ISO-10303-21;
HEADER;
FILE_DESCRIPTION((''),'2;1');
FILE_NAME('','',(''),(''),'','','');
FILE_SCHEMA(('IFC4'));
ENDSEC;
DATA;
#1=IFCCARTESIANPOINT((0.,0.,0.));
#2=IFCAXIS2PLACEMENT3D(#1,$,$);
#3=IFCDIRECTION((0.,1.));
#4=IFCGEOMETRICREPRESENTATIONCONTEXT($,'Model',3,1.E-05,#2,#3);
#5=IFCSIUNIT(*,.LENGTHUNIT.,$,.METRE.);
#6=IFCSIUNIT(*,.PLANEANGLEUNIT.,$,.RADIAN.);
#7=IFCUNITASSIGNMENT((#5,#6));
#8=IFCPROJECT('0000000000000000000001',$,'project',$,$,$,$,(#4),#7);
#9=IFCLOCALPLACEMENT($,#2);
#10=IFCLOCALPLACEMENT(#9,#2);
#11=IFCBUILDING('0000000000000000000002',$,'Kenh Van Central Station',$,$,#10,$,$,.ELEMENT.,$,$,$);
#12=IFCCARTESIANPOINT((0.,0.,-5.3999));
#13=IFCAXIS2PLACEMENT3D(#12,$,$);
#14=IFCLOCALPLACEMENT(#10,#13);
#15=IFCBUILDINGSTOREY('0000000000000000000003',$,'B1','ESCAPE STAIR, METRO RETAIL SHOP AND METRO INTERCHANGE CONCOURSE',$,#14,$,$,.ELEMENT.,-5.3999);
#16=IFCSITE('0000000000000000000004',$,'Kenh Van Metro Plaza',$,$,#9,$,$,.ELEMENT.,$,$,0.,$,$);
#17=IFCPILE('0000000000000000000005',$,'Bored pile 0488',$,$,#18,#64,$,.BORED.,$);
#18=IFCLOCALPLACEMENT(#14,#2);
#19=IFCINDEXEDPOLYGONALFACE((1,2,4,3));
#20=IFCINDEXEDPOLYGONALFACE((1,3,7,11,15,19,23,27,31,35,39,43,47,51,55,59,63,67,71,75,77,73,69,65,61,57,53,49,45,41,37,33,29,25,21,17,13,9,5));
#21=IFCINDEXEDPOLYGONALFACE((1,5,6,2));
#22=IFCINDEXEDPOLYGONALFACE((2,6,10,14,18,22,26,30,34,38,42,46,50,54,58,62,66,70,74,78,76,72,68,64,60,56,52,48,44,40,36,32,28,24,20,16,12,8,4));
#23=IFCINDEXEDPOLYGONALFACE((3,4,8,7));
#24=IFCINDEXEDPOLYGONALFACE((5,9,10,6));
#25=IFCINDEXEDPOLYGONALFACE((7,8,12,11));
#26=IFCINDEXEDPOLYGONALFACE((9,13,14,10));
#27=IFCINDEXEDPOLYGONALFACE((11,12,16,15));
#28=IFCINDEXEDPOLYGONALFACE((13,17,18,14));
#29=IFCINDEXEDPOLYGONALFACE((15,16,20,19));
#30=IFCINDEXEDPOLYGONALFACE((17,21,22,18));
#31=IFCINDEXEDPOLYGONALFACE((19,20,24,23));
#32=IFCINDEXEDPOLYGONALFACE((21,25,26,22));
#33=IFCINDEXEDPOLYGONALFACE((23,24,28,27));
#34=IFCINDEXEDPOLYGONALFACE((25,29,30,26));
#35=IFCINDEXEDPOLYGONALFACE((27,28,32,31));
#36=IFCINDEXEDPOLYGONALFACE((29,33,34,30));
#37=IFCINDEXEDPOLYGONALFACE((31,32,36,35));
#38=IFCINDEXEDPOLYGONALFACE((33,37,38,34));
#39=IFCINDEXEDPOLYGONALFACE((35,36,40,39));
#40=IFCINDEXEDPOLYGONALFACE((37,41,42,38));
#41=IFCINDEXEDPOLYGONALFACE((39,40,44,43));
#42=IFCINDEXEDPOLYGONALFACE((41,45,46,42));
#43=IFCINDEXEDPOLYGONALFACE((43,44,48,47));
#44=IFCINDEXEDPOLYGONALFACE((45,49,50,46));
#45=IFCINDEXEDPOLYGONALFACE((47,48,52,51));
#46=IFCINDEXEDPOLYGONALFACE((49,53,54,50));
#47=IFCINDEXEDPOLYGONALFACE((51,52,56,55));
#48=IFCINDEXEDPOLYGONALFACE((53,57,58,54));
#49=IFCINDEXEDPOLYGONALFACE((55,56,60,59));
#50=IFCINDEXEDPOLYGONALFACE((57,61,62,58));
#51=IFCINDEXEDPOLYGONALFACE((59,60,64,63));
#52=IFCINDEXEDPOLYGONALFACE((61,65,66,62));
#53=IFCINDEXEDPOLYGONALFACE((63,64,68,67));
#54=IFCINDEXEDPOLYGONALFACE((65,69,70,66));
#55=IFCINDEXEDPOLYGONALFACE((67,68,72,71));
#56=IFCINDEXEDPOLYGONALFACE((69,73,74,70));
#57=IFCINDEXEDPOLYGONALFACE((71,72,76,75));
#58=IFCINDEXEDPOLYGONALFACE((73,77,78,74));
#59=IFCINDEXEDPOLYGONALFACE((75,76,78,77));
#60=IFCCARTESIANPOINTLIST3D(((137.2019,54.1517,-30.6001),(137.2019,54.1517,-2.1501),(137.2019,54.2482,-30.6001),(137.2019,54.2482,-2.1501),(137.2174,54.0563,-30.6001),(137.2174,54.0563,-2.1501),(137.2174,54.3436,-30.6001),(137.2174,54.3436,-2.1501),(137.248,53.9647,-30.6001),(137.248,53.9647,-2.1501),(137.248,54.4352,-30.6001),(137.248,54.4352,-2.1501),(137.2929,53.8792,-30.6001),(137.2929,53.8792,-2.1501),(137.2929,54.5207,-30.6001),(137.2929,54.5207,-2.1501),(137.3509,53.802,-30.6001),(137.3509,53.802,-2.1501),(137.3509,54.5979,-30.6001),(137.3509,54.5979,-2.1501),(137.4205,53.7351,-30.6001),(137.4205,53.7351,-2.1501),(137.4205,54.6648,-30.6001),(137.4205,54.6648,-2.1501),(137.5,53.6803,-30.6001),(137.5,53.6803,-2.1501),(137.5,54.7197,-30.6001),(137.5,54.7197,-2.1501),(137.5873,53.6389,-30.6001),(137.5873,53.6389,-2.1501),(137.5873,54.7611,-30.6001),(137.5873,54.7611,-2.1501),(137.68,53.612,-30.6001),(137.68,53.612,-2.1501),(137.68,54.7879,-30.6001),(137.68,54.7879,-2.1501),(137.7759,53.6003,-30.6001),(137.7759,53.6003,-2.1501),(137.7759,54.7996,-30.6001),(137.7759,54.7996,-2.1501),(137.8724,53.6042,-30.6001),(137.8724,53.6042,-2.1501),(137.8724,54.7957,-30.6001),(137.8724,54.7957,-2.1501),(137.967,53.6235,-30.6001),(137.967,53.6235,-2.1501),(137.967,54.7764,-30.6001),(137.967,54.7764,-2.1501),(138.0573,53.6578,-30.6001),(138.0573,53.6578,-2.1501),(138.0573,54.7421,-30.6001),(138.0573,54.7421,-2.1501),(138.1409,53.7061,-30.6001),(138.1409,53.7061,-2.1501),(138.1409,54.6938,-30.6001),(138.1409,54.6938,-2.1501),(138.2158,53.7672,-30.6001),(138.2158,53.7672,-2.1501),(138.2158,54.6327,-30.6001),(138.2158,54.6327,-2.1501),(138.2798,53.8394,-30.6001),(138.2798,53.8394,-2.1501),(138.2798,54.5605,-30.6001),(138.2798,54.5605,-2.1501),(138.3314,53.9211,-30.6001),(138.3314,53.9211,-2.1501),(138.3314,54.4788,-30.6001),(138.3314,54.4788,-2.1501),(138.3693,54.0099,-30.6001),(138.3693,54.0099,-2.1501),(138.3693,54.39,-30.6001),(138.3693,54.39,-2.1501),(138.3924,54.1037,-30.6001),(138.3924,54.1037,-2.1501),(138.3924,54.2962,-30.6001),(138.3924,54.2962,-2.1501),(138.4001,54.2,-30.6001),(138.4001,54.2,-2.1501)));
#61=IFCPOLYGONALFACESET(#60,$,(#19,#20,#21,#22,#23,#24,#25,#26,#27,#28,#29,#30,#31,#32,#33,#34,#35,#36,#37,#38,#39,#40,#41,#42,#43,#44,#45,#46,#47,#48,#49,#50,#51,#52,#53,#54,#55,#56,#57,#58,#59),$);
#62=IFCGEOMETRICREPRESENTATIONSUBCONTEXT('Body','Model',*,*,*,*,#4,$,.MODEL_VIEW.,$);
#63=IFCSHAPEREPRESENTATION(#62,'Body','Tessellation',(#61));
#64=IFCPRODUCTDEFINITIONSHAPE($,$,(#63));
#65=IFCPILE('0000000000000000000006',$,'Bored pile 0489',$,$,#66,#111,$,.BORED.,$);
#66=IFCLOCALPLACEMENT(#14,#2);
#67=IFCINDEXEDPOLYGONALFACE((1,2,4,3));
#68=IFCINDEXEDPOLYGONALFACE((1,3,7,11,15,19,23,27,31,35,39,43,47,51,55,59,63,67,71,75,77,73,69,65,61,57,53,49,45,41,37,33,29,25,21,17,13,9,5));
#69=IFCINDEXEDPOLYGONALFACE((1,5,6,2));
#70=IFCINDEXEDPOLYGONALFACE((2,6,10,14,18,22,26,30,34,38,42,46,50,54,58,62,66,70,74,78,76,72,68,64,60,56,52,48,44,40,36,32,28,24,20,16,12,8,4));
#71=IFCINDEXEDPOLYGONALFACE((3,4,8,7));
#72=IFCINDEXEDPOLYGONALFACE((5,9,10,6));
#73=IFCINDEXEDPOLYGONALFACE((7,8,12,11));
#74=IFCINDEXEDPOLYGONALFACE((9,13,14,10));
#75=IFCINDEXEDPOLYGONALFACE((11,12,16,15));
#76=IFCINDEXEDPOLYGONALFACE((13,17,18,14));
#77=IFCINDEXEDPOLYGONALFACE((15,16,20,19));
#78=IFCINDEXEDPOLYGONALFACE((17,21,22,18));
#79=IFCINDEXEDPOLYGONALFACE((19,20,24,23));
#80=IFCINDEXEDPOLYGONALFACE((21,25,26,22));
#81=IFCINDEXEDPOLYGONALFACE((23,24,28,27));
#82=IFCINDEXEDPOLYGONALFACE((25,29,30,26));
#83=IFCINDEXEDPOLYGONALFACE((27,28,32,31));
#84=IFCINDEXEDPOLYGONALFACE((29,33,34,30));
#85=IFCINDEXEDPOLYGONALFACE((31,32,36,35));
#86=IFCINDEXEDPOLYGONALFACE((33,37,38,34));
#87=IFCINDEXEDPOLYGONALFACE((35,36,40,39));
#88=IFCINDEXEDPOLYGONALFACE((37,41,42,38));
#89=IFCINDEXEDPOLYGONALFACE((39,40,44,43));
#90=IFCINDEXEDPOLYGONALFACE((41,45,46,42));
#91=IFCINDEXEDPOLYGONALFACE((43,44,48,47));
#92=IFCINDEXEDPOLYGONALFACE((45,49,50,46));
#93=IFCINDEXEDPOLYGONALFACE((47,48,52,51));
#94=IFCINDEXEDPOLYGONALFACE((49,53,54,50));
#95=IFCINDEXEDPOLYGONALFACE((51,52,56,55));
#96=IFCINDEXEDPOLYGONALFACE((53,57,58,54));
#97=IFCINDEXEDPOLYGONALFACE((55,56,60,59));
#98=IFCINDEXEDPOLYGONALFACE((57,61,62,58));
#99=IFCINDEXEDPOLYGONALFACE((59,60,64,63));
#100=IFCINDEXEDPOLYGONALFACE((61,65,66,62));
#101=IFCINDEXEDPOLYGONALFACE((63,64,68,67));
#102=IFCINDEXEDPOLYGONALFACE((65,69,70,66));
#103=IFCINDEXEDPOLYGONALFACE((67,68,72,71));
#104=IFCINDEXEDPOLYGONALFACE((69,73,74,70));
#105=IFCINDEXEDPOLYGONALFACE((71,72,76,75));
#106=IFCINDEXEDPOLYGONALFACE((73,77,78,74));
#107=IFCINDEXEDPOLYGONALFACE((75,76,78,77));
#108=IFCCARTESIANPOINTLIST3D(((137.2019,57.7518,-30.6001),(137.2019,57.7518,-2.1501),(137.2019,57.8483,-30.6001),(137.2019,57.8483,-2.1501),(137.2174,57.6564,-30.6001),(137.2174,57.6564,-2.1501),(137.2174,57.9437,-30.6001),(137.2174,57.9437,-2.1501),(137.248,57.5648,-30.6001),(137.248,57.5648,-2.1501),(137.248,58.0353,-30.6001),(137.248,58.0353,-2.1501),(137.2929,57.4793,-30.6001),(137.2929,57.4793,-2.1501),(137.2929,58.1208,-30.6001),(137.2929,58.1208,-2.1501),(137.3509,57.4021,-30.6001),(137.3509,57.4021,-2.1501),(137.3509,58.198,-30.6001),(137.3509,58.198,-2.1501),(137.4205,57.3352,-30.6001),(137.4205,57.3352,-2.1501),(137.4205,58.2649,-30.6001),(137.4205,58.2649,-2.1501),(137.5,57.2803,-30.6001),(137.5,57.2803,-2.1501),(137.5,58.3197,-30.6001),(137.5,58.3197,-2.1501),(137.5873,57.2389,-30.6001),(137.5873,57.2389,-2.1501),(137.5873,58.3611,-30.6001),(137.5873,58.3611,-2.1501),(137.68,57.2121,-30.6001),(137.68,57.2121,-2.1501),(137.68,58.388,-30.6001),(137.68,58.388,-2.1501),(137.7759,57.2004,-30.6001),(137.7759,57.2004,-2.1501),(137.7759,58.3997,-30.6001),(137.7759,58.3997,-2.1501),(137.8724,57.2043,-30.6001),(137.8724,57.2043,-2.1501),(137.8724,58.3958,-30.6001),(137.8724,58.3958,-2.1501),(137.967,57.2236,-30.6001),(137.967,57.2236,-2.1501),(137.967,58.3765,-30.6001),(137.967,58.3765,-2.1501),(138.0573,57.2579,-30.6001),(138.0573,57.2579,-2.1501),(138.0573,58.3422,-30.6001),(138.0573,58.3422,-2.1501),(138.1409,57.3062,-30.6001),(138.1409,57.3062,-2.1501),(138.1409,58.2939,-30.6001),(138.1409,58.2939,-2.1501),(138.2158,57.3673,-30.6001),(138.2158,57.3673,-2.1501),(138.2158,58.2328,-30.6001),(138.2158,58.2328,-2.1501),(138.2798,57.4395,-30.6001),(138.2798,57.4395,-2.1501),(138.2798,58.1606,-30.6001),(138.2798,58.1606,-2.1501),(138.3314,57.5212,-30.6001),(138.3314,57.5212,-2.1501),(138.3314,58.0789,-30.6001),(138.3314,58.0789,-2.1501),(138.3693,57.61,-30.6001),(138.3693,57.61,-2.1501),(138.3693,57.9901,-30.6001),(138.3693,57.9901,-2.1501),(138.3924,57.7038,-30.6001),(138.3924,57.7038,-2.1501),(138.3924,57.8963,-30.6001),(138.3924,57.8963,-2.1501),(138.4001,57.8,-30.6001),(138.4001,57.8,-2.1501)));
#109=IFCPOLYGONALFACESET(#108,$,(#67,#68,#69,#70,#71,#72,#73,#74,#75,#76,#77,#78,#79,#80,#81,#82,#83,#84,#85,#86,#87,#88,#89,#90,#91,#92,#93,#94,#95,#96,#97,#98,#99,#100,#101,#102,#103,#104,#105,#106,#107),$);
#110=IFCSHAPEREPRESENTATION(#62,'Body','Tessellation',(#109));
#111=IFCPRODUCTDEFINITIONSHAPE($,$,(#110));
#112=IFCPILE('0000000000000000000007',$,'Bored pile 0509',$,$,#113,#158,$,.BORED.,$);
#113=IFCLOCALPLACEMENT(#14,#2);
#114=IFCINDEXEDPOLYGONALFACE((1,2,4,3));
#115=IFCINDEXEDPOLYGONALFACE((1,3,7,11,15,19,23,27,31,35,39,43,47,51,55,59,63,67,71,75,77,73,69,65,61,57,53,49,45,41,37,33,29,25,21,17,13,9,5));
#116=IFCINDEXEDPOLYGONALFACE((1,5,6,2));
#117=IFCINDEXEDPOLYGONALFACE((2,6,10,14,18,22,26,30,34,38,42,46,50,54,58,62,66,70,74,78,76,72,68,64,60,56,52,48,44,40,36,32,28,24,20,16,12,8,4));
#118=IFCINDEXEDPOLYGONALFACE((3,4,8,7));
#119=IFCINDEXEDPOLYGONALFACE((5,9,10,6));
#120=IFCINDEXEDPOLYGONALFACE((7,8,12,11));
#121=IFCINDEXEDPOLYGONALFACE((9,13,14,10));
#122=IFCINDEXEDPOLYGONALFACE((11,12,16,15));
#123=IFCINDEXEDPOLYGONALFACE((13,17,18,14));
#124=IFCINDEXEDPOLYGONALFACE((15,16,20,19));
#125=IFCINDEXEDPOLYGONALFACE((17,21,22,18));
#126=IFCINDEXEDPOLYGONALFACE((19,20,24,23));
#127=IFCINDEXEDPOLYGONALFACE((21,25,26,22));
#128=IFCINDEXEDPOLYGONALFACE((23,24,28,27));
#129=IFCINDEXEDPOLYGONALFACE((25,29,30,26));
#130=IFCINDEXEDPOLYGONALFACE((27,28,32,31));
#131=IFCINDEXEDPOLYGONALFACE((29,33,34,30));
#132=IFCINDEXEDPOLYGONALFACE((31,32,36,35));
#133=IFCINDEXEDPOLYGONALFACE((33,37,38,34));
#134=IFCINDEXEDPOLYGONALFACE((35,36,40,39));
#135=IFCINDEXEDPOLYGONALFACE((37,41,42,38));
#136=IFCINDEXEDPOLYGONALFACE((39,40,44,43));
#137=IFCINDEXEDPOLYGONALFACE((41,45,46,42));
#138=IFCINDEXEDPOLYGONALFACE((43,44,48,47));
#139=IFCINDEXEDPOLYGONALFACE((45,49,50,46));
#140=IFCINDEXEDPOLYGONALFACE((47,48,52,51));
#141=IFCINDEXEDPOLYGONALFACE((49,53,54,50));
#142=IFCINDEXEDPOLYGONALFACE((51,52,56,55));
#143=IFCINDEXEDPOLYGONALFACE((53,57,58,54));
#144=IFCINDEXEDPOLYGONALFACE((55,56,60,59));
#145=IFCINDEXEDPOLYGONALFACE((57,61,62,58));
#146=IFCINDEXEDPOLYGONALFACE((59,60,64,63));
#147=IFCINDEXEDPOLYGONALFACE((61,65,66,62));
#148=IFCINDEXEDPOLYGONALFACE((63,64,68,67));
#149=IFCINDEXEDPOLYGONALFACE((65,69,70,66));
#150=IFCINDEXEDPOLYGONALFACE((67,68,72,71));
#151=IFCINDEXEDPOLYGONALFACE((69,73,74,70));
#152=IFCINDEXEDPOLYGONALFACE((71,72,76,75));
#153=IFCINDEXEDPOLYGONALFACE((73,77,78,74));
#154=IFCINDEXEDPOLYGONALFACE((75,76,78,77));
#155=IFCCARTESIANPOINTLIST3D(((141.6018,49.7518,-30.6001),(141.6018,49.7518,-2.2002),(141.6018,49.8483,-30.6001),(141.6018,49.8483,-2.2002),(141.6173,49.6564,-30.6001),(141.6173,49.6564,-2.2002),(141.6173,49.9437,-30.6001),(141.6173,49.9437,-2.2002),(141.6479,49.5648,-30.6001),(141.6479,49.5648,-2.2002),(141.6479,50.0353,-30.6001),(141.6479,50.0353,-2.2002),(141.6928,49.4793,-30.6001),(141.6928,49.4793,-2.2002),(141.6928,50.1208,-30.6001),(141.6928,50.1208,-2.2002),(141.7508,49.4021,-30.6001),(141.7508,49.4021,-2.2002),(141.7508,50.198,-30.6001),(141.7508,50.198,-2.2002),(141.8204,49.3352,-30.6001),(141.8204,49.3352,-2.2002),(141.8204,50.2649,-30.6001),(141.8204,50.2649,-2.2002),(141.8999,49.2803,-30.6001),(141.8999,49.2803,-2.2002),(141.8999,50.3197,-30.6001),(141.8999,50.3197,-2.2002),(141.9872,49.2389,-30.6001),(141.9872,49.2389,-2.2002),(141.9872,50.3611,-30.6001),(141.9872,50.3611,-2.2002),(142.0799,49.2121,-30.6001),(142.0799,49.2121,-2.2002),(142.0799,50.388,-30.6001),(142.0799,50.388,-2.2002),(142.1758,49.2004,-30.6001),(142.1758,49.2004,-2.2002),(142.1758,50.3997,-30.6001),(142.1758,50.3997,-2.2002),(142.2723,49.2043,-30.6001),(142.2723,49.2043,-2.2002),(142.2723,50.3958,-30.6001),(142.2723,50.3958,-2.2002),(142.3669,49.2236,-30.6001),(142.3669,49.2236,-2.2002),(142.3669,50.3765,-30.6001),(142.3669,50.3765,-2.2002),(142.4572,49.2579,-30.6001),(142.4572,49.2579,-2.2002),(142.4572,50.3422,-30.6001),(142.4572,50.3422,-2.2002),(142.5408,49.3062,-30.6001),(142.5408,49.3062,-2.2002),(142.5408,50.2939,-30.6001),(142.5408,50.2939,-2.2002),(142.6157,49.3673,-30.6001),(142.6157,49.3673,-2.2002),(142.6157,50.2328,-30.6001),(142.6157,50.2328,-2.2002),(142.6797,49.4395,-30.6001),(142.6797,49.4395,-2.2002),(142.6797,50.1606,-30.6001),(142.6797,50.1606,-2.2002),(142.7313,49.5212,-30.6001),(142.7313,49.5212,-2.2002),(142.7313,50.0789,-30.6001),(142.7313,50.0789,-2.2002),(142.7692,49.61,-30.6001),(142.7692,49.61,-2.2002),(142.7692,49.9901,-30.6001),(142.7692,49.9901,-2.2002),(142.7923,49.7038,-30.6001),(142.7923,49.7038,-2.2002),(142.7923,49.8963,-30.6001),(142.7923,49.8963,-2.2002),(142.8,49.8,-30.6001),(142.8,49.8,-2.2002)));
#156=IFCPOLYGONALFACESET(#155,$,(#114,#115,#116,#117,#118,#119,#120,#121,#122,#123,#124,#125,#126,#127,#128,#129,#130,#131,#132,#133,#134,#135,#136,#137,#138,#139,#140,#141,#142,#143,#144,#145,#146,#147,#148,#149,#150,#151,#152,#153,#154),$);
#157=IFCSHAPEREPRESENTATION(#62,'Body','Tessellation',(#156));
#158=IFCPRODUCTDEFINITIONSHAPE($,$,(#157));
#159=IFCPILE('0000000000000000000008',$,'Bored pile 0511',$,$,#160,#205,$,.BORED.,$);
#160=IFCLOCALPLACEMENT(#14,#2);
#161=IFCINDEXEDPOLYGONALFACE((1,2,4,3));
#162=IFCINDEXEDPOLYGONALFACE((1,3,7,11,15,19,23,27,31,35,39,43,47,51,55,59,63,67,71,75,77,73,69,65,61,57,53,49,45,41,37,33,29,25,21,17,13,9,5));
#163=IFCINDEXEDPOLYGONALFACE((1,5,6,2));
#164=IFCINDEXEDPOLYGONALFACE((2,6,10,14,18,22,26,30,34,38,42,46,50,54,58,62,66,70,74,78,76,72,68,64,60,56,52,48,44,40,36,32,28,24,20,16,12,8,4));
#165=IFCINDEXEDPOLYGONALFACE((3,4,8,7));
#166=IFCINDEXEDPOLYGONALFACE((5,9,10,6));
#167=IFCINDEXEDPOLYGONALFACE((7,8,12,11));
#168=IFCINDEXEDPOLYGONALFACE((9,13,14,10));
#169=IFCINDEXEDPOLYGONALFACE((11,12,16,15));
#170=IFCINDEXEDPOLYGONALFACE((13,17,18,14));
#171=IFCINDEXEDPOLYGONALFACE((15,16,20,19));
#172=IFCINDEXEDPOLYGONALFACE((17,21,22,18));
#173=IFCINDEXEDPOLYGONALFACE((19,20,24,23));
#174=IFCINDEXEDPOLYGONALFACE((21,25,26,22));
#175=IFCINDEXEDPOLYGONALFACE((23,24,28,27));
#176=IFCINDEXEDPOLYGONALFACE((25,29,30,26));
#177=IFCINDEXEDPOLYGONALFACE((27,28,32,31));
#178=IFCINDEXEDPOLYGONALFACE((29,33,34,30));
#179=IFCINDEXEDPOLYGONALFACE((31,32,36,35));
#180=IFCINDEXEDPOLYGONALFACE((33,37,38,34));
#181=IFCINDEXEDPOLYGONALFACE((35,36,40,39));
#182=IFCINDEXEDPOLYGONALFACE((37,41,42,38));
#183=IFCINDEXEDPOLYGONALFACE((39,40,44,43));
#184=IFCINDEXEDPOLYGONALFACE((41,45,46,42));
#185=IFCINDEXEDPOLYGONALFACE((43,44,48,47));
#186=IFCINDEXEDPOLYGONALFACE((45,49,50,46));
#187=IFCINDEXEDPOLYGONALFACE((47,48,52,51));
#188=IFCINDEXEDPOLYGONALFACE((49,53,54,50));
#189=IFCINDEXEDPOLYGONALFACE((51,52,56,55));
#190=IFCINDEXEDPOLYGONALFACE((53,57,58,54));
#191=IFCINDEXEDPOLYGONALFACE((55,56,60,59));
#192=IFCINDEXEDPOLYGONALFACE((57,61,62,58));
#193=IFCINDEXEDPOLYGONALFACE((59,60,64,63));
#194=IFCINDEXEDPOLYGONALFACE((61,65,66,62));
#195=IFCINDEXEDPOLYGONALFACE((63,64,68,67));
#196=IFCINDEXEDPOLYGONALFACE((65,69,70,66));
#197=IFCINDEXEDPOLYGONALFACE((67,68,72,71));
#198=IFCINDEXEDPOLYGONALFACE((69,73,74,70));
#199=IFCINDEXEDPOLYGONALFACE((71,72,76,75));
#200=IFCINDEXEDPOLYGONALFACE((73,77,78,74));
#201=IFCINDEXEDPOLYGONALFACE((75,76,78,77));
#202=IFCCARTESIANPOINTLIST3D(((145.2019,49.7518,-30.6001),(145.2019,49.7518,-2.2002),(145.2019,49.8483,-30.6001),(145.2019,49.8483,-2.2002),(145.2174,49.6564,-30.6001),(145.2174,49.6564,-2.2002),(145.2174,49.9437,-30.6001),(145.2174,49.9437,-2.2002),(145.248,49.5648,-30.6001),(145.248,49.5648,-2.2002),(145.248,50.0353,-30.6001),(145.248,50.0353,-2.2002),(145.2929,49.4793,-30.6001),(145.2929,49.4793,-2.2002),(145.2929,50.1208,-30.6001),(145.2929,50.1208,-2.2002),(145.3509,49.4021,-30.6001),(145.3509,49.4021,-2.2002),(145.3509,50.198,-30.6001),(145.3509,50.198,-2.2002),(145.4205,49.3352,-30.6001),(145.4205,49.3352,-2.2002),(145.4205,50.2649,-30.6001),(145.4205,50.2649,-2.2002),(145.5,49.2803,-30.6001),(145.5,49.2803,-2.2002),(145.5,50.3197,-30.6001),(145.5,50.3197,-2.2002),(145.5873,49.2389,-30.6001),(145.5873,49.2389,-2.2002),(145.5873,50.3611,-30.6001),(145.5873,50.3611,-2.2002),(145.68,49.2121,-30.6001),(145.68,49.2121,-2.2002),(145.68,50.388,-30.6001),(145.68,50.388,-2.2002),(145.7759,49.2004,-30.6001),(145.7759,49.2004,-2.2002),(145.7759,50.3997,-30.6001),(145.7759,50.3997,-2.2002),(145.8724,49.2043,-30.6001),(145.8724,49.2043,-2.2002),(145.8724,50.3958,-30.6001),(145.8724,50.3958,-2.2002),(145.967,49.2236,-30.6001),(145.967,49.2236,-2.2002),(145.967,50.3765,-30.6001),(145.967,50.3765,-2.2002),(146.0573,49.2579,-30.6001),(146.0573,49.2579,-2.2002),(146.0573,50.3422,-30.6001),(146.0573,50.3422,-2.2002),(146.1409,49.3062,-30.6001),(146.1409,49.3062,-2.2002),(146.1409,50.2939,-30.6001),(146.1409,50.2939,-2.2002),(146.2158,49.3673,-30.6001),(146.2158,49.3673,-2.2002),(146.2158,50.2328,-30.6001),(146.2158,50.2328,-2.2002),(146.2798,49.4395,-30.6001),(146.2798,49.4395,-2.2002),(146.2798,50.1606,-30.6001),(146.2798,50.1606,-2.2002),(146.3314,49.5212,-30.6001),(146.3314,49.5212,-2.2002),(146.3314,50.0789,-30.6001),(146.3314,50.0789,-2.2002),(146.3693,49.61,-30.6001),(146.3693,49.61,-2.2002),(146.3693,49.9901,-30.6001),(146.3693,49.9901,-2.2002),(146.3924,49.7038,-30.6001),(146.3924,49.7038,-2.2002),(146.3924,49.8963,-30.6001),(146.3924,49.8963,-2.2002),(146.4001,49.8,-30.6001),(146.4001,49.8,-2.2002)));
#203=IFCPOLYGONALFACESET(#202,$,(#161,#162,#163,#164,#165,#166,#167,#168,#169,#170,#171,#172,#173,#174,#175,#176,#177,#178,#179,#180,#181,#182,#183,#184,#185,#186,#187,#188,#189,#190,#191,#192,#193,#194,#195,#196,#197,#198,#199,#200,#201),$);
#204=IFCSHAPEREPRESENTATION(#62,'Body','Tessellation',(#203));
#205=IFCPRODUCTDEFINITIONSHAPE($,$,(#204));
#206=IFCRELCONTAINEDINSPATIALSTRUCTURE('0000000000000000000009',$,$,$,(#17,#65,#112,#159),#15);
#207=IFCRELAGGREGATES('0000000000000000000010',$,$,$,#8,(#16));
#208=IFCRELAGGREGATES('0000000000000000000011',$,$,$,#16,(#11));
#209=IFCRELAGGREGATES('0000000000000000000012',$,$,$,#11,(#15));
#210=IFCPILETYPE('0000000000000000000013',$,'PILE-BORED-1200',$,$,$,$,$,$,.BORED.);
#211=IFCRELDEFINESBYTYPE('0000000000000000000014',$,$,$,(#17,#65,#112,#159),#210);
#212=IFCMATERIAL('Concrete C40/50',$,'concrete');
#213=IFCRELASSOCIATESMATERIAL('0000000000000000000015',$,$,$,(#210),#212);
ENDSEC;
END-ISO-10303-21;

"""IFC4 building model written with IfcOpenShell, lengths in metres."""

from ifc_helpers import new_model, si_unit, direction, frame, origin, origin_2d, place, context, subcontext, project, spatial, circle, extrude, material, material_profile, profile_set, type_object, element, save


model = new_model("IFC4")

# Units and contexts
model_context = context("Model", 3, precision=1e-05, world=origin(), true_north=direction((0.0, 1.0)))
body_context = subcontext(model_context, "Body", "Model", "MODEL_VIEW")
ifc_project = project(units=[si_unit("LENGTHUNIT", "METRE"), si_unit("PLANEANGLEUNIT", "RADIAN")], contexts=[model_context])

# Site, building, storey
site_placement = place(None, origin())
site = spatial("IfcSite", under=ifc_project, at=site_placement, Name="Kenh Van Metro Plaza", CompositionType="ELEMENT", RefElevation=0.0)
building_placement = place(site_placement, origin())
building = spatial("IfcBuilding", under=site, at=building_placement, Name="Kenh Van Central Station", CompositionType="ELEMENT")
storey_placement = place(building_placement, frame((0.0, 0.0, -5.3999)))
storey = spatial("IfcBuildingStorey", under=building, at=storey_placement, Name="B1", Description="ESCAPE STAIR, METRO RETAIL SHOP AND METRO INTERCHANGE CONCOURSE", CompositionType="ELEMENT", Elevation=-5.3999)

# Shared definitions
ifc_material_1 = material(Name="Concrete C40/50", Category="concrete")

# Piles
ifc_material_profile_1 = material_profile(ifc_material_1, circle(Radius=0.6001, at=origin_2d()), Name="PILE D1200")
ifc_profile_set_1 = profile_set([ifc_material_profile_1], Name="Concrete C40/50")
pile_type_1 = type_object("IfcPileType", Name="PILE-BORED-1200", PredefinedType="BORED", material=ifc_profile_set_1)
for number, where, z_axis, x_axis, name in (
    (1, (137.8, 54.2, -2.1501), (0.0, 0.0, -1.0), (1.0, 0.0, 0.0), "Bored pile 0488"),
    (2, (137.8, 57.8, -2.1501), (0.0, 0.0, -1.0), (1.0, 0.0, 0.0), "Bored pile 0489"),
):
    element("IfcPile", number, at=place(storey_placement, frame(where, z_axis=z_axis, x_axis=x_axis)), inside=storey, type_object=pile_type_1, Name=name, PredefinedType="BORED", context=body_context, shape_type="SweptSolid", body=[
        extrude(circle(Radius=0.6001, at=origin_2d()), origin(), (0.0, 0.0, 1.0), 28.45),
    ])
for number, where, z_axis, x_axis, name in (
    (3, (142.2, 49.8, -2.2002), (0.0, 0.0, -1.0), (1.0, 0.0, 0.0), "Bored pile 0509"),
    (4, (145.8, 49.8, -2.2002), (0.0, 0.0, -1.0), (1.0, 0.0, 0.0), "Bored pile 0511"),
):
    element("IfcPile", number, at=place(storey_placement, frame(where, z_axis=z_axis, x_axis=x_axis)), inside=storey, type_object=pile_type_1, Name=name, PredefinedType="BORED", context=body_context, shape_type="SweptSolid", body=[
        extrude(circle(Radius=0.6001, at=origin_2d()), origin(), (0.0, 0.0, 1.0), 28.3999),
    ])

save(model, "model.ifc")
